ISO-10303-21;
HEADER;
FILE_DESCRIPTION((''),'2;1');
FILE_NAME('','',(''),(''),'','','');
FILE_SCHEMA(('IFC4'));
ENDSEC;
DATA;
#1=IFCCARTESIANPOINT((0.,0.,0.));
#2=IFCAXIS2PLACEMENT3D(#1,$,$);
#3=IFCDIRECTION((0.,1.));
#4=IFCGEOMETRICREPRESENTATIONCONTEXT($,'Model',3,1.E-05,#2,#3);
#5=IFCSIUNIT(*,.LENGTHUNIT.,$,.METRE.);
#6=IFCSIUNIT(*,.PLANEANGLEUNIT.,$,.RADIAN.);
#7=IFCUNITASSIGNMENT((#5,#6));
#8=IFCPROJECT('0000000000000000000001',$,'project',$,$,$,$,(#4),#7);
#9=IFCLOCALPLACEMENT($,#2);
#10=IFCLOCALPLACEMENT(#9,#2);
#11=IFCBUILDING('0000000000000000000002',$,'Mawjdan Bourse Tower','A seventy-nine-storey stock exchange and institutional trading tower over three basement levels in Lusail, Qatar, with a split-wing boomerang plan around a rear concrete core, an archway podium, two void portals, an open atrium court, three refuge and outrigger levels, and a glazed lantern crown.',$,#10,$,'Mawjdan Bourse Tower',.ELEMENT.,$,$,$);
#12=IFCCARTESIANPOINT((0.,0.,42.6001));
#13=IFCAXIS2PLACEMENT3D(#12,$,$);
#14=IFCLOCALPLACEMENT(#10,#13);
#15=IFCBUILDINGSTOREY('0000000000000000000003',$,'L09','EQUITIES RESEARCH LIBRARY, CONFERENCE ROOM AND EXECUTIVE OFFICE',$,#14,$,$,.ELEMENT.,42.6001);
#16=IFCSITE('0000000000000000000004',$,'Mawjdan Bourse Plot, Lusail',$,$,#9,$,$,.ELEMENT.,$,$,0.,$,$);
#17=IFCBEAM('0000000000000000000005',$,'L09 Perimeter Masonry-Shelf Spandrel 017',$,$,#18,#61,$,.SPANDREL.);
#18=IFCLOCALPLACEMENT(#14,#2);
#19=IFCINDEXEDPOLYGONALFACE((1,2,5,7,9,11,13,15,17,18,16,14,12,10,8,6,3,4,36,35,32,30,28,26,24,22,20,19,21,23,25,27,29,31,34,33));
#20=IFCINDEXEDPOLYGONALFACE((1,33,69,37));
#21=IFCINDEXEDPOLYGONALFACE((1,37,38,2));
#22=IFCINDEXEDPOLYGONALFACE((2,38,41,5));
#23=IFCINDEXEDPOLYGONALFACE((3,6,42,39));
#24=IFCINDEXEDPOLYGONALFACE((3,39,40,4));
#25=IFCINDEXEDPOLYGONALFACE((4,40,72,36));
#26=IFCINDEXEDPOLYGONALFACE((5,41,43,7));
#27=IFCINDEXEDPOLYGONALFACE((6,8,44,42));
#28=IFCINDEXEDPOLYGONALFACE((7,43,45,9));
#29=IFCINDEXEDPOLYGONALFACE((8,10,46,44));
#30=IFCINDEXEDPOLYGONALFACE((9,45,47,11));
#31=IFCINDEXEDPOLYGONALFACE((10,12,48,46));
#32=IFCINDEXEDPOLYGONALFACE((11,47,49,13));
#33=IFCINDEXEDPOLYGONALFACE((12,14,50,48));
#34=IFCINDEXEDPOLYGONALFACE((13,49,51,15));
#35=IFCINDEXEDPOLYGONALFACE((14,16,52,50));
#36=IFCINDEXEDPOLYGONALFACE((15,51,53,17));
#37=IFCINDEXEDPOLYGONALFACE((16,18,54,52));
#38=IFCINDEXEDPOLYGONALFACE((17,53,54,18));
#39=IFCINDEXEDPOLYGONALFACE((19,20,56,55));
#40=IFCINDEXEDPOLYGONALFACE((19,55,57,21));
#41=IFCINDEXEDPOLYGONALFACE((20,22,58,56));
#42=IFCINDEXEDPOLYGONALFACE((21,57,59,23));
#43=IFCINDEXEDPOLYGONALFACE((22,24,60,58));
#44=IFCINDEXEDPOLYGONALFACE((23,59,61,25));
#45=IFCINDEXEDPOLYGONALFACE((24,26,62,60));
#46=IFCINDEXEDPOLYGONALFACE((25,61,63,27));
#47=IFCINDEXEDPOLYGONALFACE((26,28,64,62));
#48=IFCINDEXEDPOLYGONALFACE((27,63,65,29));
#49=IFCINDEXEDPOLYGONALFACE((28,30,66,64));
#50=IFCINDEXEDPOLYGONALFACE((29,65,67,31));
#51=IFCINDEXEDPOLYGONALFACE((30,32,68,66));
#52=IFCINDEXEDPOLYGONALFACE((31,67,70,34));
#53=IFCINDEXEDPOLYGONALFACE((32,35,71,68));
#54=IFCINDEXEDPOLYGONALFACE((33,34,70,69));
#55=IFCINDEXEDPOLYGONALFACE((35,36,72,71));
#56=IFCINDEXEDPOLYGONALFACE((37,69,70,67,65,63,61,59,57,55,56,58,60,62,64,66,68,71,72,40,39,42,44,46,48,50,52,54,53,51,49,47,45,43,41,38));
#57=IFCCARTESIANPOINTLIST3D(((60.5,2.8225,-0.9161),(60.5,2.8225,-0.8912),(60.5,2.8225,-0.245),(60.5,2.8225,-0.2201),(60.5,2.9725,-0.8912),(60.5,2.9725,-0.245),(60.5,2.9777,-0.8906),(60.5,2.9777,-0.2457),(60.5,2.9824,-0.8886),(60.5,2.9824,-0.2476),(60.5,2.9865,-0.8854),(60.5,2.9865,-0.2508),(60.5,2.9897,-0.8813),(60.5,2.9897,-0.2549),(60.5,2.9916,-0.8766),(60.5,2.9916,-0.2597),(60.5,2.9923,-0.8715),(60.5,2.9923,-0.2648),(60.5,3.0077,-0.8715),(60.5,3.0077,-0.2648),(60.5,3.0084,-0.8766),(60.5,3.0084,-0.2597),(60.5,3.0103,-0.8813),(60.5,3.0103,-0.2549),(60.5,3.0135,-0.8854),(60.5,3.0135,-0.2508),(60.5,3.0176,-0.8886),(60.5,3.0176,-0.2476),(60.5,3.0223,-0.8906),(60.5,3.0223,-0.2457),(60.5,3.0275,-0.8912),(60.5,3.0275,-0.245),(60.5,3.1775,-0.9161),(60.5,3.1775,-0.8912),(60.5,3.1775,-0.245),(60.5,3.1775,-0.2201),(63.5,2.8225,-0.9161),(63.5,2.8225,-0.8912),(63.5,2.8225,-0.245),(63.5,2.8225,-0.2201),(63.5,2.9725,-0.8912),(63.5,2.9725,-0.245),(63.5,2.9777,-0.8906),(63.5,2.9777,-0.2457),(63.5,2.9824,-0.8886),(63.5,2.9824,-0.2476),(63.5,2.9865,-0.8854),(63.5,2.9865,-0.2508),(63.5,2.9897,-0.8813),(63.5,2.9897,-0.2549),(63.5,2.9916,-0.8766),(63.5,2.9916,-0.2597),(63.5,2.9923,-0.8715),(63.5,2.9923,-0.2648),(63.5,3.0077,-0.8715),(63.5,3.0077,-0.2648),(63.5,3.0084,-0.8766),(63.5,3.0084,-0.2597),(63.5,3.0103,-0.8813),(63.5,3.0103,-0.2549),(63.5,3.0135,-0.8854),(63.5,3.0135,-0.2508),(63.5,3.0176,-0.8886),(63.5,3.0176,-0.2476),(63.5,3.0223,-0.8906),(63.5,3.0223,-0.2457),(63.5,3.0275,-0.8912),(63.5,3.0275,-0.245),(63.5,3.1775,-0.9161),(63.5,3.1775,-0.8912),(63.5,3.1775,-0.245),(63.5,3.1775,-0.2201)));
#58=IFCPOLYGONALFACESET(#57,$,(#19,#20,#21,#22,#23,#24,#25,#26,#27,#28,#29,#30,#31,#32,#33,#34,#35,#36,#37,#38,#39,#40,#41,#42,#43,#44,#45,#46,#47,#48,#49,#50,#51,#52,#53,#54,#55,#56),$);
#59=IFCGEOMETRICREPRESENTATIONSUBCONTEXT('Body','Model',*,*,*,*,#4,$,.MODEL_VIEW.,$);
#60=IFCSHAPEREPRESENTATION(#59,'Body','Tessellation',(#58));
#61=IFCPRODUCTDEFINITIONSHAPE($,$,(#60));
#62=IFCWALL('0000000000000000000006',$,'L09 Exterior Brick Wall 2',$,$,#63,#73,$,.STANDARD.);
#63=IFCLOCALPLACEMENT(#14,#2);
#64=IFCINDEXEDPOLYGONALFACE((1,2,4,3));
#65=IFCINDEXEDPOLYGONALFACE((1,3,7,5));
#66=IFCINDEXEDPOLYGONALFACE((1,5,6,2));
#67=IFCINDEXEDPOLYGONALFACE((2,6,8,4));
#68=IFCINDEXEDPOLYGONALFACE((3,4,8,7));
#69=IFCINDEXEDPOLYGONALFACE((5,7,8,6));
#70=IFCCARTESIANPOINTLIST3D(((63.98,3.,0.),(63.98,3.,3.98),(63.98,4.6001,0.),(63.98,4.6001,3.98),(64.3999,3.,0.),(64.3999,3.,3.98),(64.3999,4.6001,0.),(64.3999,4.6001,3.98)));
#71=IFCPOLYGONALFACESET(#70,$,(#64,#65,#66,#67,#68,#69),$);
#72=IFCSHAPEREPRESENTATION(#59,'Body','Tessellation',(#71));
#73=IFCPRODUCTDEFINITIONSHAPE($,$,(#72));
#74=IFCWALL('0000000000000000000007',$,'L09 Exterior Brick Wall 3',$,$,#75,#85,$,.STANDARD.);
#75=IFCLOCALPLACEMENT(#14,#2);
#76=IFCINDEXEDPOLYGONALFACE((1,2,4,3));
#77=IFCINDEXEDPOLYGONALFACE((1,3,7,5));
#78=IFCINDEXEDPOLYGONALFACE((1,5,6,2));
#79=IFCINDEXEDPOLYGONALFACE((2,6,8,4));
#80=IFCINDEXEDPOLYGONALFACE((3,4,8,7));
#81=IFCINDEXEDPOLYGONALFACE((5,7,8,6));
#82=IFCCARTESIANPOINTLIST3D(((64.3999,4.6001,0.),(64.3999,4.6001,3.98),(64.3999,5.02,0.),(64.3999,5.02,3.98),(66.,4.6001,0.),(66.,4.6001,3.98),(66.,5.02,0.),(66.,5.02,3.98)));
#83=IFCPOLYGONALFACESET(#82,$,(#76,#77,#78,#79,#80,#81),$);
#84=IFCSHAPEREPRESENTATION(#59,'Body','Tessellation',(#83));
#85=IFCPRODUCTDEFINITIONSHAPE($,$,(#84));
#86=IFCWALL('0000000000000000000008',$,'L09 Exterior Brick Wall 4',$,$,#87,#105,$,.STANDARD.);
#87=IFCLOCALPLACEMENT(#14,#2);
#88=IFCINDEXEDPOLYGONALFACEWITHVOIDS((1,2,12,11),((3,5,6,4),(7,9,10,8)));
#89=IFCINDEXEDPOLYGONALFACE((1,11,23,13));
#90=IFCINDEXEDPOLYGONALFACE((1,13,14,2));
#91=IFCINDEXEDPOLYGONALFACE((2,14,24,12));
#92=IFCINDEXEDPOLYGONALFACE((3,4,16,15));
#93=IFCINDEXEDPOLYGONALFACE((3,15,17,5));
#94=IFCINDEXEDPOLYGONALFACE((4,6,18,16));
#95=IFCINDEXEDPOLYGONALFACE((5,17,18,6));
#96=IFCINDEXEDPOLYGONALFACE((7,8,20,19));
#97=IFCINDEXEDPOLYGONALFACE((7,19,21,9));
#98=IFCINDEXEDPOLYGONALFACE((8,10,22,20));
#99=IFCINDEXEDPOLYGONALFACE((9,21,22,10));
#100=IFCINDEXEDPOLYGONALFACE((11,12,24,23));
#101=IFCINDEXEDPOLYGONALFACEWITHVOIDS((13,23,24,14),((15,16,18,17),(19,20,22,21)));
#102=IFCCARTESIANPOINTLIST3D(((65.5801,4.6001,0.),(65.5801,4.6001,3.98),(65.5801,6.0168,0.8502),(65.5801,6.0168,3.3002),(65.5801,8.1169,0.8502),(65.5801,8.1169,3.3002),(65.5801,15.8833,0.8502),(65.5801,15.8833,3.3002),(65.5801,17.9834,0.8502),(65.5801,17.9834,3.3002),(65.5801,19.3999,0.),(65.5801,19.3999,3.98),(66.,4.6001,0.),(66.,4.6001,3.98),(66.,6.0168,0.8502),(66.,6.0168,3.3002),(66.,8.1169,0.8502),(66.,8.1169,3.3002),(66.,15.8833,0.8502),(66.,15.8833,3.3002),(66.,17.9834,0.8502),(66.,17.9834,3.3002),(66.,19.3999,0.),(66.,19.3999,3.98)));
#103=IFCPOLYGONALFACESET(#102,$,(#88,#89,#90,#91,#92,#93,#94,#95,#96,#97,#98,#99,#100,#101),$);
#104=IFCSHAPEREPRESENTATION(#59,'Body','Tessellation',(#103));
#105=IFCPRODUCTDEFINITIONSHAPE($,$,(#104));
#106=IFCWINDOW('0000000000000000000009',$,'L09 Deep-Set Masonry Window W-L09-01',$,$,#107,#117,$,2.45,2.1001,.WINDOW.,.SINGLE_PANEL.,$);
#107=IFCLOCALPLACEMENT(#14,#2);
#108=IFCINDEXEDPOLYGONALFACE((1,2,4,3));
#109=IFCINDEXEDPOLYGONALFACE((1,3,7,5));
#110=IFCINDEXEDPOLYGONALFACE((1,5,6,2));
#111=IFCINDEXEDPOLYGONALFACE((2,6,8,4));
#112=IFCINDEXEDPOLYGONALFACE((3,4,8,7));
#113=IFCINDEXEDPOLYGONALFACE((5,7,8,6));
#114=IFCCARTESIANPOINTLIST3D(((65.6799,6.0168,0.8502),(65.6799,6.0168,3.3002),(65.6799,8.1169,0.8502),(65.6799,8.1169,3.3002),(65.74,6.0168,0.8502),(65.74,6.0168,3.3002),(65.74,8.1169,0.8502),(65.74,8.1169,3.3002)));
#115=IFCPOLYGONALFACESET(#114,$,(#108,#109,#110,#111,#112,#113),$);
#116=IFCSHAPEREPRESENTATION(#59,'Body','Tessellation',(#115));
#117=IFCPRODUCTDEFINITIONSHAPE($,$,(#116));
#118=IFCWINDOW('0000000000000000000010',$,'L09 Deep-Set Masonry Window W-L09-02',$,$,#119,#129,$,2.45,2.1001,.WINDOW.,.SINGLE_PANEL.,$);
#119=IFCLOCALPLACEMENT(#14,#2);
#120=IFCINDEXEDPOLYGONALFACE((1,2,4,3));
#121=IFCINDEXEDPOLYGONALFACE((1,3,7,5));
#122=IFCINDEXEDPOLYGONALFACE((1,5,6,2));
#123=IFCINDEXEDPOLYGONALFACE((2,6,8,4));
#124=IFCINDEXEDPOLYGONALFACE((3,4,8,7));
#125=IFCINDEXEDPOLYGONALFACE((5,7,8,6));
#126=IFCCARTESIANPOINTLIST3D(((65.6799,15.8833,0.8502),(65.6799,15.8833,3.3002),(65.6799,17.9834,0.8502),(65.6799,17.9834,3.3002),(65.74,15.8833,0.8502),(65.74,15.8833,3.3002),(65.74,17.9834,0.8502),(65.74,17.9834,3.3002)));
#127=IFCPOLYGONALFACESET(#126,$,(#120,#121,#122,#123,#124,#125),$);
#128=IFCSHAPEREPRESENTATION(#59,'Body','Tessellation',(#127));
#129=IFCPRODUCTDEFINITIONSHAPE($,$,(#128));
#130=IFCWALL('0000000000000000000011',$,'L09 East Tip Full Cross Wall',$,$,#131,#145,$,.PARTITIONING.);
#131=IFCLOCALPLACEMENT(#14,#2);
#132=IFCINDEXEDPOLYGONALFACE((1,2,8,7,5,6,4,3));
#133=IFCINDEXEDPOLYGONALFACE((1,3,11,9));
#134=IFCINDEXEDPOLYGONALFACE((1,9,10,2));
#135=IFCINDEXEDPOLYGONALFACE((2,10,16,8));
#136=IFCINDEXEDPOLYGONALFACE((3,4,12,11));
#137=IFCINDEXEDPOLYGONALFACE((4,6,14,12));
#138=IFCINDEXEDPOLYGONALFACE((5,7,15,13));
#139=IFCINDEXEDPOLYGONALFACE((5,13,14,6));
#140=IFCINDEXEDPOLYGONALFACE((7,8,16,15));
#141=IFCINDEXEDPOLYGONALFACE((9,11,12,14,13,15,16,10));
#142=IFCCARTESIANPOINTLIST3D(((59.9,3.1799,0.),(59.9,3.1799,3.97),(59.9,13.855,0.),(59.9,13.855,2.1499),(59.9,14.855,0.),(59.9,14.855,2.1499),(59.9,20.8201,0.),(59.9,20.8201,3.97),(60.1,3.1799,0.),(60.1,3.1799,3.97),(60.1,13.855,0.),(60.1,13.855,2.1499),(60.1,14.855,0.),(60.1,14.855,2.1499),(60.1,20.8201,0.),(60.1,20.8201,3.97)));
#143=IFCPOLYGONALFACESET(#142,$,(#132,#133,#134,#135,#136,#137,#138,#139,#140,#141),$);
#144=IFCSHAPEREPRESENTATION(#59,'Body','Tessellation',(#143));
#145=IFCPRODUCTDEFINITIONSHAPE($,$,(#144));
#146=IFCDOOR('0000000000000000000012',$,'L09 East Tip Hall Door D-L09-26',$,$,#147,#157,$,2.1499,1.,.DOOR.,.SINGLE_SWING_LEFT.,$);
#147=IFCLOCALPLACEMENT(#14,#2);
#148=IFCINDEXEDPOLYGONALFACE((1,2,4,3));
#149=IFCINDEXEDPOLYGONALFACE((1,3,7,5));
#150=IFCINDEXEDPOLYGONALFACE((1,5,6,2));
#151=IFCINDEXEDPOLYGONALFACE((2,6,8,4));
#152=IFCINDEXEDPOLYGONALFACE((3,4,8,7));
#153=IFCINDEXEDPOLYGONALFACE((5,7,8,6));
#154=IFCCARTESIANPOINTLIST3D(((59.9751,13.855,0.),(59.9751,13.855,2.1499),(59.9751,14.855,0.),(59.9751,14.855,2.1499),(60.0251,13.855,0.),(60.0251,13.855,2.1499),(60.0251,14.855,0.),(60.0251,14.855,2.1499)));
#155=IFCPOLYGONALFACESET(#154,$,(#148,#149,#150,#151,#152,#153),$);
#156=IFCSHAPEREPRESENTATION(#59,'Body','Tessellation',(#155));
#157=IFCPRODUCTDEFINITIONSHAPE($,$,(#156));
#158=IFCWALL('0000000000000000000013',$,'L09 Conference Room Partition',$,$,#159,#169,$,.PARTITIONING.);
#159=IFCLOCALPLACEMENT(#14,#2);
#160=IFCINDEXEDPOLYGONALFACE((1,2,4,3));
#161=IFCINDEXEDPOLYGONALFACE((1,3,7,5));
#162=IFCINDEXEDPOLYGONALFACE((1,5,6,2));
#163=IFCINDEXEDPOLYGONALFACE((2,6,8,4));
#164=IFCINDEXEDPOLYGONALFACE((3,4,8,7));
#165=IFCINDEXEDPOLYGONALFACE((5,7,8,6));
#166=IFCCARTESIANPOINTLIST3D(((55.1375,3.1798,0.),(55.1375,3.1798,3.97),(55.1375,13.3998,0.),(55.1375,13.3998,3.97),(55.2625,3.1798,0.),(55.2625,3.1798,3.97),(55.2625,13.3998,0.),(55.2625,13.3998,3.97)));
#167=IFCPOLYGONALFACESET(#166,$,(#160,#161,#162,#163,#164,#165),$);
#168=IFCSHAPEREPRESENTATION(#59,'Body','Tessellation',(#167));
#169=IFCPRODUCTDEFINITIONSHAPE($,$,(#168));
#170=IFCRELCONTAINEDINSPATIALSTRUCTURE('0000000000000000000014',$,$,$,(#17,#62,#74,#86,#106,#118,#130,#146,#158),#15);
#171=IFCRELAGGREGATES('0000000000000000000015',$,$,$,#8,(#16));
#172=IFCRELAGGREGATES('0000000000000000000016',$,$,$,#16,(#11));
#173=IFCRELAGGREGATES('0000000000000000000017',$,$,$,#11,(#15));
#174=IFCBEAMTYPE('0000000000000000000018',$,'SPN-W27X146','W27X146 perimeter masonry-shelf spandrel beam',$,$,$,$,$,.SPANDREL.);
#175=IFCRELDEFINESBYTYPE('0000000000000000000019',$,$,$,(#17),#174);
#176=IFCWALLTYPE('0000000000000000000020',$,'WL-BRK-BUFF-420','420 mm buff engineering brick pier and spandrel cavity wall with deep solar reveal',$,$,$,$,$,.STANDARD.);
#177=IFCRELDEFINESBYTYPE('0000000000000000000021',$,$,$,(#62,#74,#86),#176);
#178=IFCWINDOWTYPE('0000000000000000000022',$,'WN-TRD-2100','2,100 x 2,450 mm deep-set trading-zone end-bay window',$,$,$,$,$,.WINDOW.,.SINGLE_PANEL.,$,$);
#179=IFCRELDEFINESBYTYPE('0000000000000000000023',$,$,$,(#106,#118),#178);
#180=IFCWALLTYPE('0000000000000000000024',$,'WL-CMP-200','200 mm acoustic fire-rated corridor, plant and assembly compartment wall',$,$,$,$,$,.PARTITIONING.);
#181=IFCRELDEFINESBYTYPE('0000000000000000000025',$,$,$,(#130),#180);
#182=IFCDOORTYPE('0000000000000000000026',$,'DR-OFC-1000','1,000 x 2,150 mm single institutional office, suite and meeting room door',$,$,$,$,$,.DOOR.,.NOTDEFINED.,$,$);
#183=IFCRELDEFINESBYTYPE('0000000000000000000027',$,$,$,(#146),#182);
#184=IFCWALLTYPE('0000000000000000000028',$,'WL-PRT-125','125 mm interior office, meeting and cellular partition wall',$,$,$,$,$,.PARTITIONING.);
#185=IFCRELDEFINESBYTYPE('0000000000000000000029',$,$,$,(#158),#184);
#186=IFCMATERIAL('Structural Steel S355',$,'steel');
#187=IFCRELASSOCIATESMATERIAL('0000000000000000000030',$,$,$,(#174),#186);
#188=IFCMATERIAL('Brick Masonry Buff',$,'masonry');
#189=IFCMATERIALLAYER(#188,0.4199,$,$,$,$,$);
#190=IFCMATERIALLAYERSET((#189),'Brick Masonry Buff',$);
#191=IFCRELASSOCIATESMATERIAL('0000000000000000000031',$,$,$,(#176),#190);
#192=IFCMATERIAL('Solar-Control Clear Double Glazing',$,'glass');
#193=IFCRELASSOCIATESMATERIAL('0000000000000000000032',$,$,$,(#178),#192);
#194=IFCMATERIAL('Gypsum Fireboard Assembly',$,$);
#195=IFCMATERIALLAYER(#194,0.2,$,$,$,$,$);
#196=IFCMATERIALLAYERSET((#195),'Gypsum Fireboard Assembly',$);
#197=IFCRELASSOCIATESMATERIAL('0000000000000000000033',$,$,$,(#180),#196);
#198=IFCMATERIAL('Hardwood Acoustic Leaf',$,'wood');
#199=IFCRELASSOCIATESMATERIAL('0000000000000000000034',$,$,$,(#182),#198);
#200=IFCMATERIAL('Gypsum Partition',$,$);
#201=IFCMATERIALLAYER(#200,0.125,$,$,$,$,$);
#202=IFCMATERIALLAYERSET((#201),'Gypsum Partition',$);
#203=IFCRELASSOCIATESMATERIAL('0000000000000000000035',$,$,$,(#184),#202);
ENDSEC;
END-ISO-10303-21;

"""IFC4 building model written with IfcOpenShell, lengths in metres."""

from ifc_helpers import new_model, si_unit, direction, frame, frame_2d, origin, origin_2d, place, context, subcontext, project, spatial, rectangle, i_section, extrude, material, layer, layer_set, material_profile, profile_set, type_object, element, fill, save


model = new_model("IFC4")

# Units and contexts
model_context = context("Model", 3, precision=1e-05, world=origin(), true_north=direction((0.0, 1.0)))
body_context = subcontext(model_context, "Body", "Model", "MODEL_VIEW")
ifc_project = project(units=[si_unit("LENGTHUNIT", "METRE"), si_unit("PLANEANGLEUNIT", "RADIAN")], contexts=[model_context])

# Site, building, storey
site_placement = place(None, origin())
site = spatial("IfcSite", under=ifc_project, at=site_placement, Name="Mawjdan Bourse Plot, Lusail", CompositionType="ELEMENT", RefElevation=0.0)
building_placement = place(site_placement, origin())
building = spatial("IfcBuilding", under=site, at=building_placement, Name="Mawjdan Bourse Tower", Description="A seventy-nine-storey stock exchange and institutional trading tower over three basement levels in Lusail, Qatar, with a split-wing boomerang plan around a rear concrete core, an archway podium, two void portals, an open atrium court, three refuge and outrigger levels, and a glazed lantern crown.", LongName="Mawjdan Bourse Tower", CompositionType="ELEMENT")
storey_placement = place(building_placement, frame((0.0, 0.0, 42.6001)))
storey = spatial("IfcBuildingStorey", under=building, at=storey_placement, Name="L09", Description="EQUITIES RESEARCH LIBRARY, CONFERENCE ROOM AND EXECUTIVE OFFICE", CompositionType="ELEMENT", Elevation=42.6001)

# Beam
ifc_material_1 = material(Name="Structural Steel S355", Category="steel")
ifc_material_profile_1 = material_profile(ifc_material_1, i_section(OverallWidth=0.355, OverallDepth=0.696, WebThickness=0.0154, FlangeThickness=0.0249, FilletRadius=0.0198, at=origin_2d()), Name="W27X146")
ifc_profile_set_1 = profile_set([ifc_material_profile_1], Name="Structural Steel S355")
beam_type_1 = type_object("IfcBeamType", Name="SPN-W27X146", Description="W27X146 perimeter masonry-shelf spandrel beam", PredefinedType="SPANDREL", material=ifc_profile_set_1)
beam_1_placement = place(storey_placement, frame((60.5, 3.0, -0.5681), z_axis=(1.0, 0.0, 0.0), x_axis=(0.0, 1.0, 0.0)))
element("IfcBeam", 1, at=beam_1_placement, inside=storey, type_object=beam_type_1, Name="L09 Perimeter Masonry-Shelf Spandrel 017", PredefinedType="SPANDREL", context=body_context, shape_type="SweptSolid", body=[
    extrude(i_section(OverallWidth=0.355, OverallDepth=0.696, WebThickness=0.0154, FlangeThickness=0.0249, FilletRadius=0.0198, at=origin_2d()), origin(), (0.0, 0.0, 1.0), 3.0),
])

# Walls
ifc_material_2 = material(Name="Brick Masonry Buff", Category="masonry")
ifc_layer_1 = layer(ifc_material_2, 0.4199)
ifc_layer_set_1 = layer_set([ifc_layer_1], Name="Brick Masonry Buff")
wall_type_1 = type_object("IfcWallType", Name="WL-BRK-BUFF-420", Description="420 mm buff engineering brick pier and spandrel cavity wall with deep solar reveal", PredefinedType="STANDARD", material=ifc_layer_set_1)
for number, where, z_axis, x_axis, name in (
    (2, (64.1899, 3.0, 0.0), (0.0, 0.0, 1.0), (0.0, 1.0, 0.0), "L09 Exterior Brick Wall 2"),
    (3, (64.3999, 4.8101, 0.0), (0.0, 0.0, 1.0), (1.0, 0.0, 0.0), "L09 Exterior Brick Wall 3"),
):
    element("IfcWall", number, at=place(storey_placement, frame(where, z_axis=z_axis, x_axis=x_axis)), inside=storey, type_object=wall_type_1, Name=name, PredefinedType="STANDARD", context=body_context, shape_type="SweptSolid", body=[
        extrude(rectangle(XDim=1.6001, YDim=0.4199, at=frame_2d((0.8, 0.0))), origin(), (0.0, 0.0, 1.0), 3.98),
    ])

# Wall, openings, windows
wall_1_placement = place(storey_placement, frame((65.79, 4.6001, 0.0), z_axis=(0.0, 0.0, 1.0), x_axis=(0.0, 1.0, 0.0)))
wall_1 = element("IfcWall", 4, at=wall_1_placement, inside=storey, type_object=wall_type_1, Name="L09 Exterior Brick Wall 4", PredefinedType="STANDARD", context=body_context, shape_type="SweptSolid", body=[
    extrude(rectangle(XDim=14.7998, YDim=0.4199, at=frame_2d((7.3999, 0.0))), origin(), (0.0, 0.0, 1.0), 3.98),
])
opening_1_placement = place(wall_1_placement, frame((1.4167, 0.0, 0.8501)))
opening_1 = element("IfcOpeningElement", 5, at=opening_1_placement, cuts=wall_1, PredefinedType="OPENING", context=body_context, shape_type="SweptSolid", body=[
    extrude(rectangle(XDim=2.1001, YDim=2.45, at=frame_2d((1.05, 1.2251))), frame((0.0, 0.22, 0.0), z_axis=(0.0, -1.0, 0.0), x_axis=(1.0, 0.0, 0.0)), (0.0, 0.0, 1.0), 0.4399),
])
opening_2_placement = place(wall_1_placement, frame((11.2832, 0.0, 0.8501)))
opening_2 = element("IfcOpeningElement", 6, at=opening_2_placement, cuts=wall_1, PredefinedType="OPENING", context=body_context, shape_type="SweptSolid", body=[
    extrude(rectangle(XDim=2.1001, YDim=2.45, at=frame_2d((1.05, 1.2251))), frame((0.0, 0.22, 0.0), z_axis=(0.0, -1.0, 0.0), x_axis=(1.0, 0.0, 0.0)), (0.0, 0.0, 1.0), 0.4399),
])
ifc_material_3 = material(Name="Solar-Control Clear Double Glazing", Category="glass")
window_type = type_object("IfcWindowType", Name="WN-TRD-2100", Description="2,100 x 2,450 mm deep-set trading-zone end-bay window", PartitioningType="SINGLE_PANEL", PredefinedType="WINDOW", material=ifc_material_3)
window_1_placement = place(opening_1_placement, origin())
window_1 = element("IfcWindow", 7, at=window_1_placement, inside=storey, type_object=window_type, Name="L09 Deep-Set Masonry Window W-L09-01", OverallHeight=2.45, OverallWidth=2.1001, PartitioningType="SINGLE_PANEL", PredefinedType="WINDOW", context=body_context, shape_type="SweptSolid", body=[
    extrude(rectangle(XDim=2.1001, YDim=2.45, at=frame_2d((1.05, 1.2251))), frame((0.0, 0.1101, 0.0), z_axis=(0.0, -1.0, 0.0), x_axis=(1.0, 0.0, 0.0)), (0.0, 0.0, 1.0), 0.0601),
])
fill(opening_1, window_1)
window_2_placement = place(opening_2_placement, origin())
window_2 = element("IfcWindow", 8, at=window_2_placement, inside=storey, type_object=window_type, Name="L09 Deep-Set Masonry Window W-L09-02", OverallHeight=2.45, OverallWidth=2.1001, PartitioningType="SINGLE_PANEL", PredefinedType="WINDOW", context=body_context, shape_type="SweptSolid", body=[
    extrude(rectangle(XDim=2.1001, YDim=2.45, at=frame_2d((1.05, 1.2251))), frame((0.0, 0.1101, 0.0), z_axis=(0.0, -1.0, 0.0), x_axis=(1.0, 0.0, 0.0)), (0.0, 0.0, 1.0), 0.0601),
])
fill(opening_2, window_2)

# Wall, opening, door
ifc_material_4 = material(Name="Gypsum Fireboard Assembly")
ifc_layer_2 = layer(ifc_material_4, 0.2)
ifc_layer_set_2 = layer_set([ifc_layer_2], Name="Gypsum Fireboard Assembly")
wall_type_2 = type_object("IfcWallType", Name="WL-CMP-200", Description="200 mm acoustic fire-rated corridor, plant and assembly compartment wall", PredefinedType="PARTITIONING", material=ifc_layer_set_2)
wall_2_placement = place(storey_placement, frame((60.0, 3.1799, 0.0), z_axis=(0.0, 0.0, 1.0), x_axis=(0.0, 1.0, 0.0)))
wall_2 = element("IfcWall", 9, at=wall_2_placement, inside=storey, type_object=wall_type_2, Name="L09 East Tip Full Cross Wall", PredefinedType="PARTITIONING", context=body_context, shape_type="SweptSolid", body=[
    extrude(rectangle(XDim=17.6401, YDim=0.2, at=frame_2d((8.8201, 0.0))), origin(), (0.0, 0.0, 1.0), 3.97),
])
opening_3_placement = place(wall_2_placement, frame((10.675, 0.0, 0.0)))
opening_3 = element("IfcOpeningElement", 10, at=opening_3_placement, cuts=wall_2, PredefinedType="OPENING", context=body_context, shape_type="SweptSolid", body=[
    extrude(rectangle(XDim=1.0, YDim=2.1499, at=frame_2d((0.5, 1.075))), frame((0.0, 0.1099, 0.0), z_axis=(0.0, -1.0, 0.0), x_axis=(1.0, 0.0, 0.0)), (0.0, 0.0, 1.0), 0.22),
])
ifc_material_5 = material(Name="Hardwood Acoustic Leaf", Category="wood")
door_type = type_object("IfcDoorType", Name="DR-OFC-1000", Description="1,000 x 2,150 mm single institutional office, suite and meeting room door", OperationType="NOTDEFINED", PredefinedType="DOOR", material=ifc_material_5)
door_placement = place(opening_3_placement, origin())
door = element("IfcDoor", 11, at=door_placement, inside=storey, type_object=door_type, Name="L09 East Tip Hall Door D-L09-26", OperationType="SINGLE_SWING_LEFT", OverallHeight=2.1499, OverallWidth=1.0, PredefinedType="DOOR", context=body_context, shape_type="SweptSolid", body=[
    extrude(rectangle(XDim=1.0, YDim=2.1499, at=frame_2d((0.5, 1.075))), frame((0.0, 0.0249, 0.0), z_axis=(0.0, -1.0, 0.0), x_axis=(1.0, 0.0, 0.0)), (0.0, 0.0, 1.0), 0.05),
])
fill(opening_3, door)

# Wall
ifc_material_6 = material(Name="Gypsum Partition")
ifc_layer_3 = layer(ifc_material_6, 0.125)
ifc_layer_set_3 = layer_set([ifc_layer_3], Name="Gypsum Partition")
wall_type_3 = type_object("IfcWallType", Name="WL-PRT-125", Description="125 mm interior office, meeting and cellular partition wall", PredefinedType="PARTITIONING", material=ifc_layer_set_3)
wall_3_placement = place(storey_placement, frame((55.2, 3.1799, 0.0), z_axis=(0.0, 0.0, 1.0), x_axis=(0.0, 1.0, 0.0)))
element("IfcWall", 12, at=wall_3_placement, inside=storey, type_object=wall_type_3, Name="L09 Conference Room Partition", PredefinedType="PARTITIONING", context=body_context, shape_type="SweptSolid", body=[
    extrude(rectangle(XDim=10.22, YDim=0.125, at=frame_2d((5.1099, 0.0))), origin(), (0.0, 0.0, 1.0), 3.97),
])

save(model, "model.ifc")
